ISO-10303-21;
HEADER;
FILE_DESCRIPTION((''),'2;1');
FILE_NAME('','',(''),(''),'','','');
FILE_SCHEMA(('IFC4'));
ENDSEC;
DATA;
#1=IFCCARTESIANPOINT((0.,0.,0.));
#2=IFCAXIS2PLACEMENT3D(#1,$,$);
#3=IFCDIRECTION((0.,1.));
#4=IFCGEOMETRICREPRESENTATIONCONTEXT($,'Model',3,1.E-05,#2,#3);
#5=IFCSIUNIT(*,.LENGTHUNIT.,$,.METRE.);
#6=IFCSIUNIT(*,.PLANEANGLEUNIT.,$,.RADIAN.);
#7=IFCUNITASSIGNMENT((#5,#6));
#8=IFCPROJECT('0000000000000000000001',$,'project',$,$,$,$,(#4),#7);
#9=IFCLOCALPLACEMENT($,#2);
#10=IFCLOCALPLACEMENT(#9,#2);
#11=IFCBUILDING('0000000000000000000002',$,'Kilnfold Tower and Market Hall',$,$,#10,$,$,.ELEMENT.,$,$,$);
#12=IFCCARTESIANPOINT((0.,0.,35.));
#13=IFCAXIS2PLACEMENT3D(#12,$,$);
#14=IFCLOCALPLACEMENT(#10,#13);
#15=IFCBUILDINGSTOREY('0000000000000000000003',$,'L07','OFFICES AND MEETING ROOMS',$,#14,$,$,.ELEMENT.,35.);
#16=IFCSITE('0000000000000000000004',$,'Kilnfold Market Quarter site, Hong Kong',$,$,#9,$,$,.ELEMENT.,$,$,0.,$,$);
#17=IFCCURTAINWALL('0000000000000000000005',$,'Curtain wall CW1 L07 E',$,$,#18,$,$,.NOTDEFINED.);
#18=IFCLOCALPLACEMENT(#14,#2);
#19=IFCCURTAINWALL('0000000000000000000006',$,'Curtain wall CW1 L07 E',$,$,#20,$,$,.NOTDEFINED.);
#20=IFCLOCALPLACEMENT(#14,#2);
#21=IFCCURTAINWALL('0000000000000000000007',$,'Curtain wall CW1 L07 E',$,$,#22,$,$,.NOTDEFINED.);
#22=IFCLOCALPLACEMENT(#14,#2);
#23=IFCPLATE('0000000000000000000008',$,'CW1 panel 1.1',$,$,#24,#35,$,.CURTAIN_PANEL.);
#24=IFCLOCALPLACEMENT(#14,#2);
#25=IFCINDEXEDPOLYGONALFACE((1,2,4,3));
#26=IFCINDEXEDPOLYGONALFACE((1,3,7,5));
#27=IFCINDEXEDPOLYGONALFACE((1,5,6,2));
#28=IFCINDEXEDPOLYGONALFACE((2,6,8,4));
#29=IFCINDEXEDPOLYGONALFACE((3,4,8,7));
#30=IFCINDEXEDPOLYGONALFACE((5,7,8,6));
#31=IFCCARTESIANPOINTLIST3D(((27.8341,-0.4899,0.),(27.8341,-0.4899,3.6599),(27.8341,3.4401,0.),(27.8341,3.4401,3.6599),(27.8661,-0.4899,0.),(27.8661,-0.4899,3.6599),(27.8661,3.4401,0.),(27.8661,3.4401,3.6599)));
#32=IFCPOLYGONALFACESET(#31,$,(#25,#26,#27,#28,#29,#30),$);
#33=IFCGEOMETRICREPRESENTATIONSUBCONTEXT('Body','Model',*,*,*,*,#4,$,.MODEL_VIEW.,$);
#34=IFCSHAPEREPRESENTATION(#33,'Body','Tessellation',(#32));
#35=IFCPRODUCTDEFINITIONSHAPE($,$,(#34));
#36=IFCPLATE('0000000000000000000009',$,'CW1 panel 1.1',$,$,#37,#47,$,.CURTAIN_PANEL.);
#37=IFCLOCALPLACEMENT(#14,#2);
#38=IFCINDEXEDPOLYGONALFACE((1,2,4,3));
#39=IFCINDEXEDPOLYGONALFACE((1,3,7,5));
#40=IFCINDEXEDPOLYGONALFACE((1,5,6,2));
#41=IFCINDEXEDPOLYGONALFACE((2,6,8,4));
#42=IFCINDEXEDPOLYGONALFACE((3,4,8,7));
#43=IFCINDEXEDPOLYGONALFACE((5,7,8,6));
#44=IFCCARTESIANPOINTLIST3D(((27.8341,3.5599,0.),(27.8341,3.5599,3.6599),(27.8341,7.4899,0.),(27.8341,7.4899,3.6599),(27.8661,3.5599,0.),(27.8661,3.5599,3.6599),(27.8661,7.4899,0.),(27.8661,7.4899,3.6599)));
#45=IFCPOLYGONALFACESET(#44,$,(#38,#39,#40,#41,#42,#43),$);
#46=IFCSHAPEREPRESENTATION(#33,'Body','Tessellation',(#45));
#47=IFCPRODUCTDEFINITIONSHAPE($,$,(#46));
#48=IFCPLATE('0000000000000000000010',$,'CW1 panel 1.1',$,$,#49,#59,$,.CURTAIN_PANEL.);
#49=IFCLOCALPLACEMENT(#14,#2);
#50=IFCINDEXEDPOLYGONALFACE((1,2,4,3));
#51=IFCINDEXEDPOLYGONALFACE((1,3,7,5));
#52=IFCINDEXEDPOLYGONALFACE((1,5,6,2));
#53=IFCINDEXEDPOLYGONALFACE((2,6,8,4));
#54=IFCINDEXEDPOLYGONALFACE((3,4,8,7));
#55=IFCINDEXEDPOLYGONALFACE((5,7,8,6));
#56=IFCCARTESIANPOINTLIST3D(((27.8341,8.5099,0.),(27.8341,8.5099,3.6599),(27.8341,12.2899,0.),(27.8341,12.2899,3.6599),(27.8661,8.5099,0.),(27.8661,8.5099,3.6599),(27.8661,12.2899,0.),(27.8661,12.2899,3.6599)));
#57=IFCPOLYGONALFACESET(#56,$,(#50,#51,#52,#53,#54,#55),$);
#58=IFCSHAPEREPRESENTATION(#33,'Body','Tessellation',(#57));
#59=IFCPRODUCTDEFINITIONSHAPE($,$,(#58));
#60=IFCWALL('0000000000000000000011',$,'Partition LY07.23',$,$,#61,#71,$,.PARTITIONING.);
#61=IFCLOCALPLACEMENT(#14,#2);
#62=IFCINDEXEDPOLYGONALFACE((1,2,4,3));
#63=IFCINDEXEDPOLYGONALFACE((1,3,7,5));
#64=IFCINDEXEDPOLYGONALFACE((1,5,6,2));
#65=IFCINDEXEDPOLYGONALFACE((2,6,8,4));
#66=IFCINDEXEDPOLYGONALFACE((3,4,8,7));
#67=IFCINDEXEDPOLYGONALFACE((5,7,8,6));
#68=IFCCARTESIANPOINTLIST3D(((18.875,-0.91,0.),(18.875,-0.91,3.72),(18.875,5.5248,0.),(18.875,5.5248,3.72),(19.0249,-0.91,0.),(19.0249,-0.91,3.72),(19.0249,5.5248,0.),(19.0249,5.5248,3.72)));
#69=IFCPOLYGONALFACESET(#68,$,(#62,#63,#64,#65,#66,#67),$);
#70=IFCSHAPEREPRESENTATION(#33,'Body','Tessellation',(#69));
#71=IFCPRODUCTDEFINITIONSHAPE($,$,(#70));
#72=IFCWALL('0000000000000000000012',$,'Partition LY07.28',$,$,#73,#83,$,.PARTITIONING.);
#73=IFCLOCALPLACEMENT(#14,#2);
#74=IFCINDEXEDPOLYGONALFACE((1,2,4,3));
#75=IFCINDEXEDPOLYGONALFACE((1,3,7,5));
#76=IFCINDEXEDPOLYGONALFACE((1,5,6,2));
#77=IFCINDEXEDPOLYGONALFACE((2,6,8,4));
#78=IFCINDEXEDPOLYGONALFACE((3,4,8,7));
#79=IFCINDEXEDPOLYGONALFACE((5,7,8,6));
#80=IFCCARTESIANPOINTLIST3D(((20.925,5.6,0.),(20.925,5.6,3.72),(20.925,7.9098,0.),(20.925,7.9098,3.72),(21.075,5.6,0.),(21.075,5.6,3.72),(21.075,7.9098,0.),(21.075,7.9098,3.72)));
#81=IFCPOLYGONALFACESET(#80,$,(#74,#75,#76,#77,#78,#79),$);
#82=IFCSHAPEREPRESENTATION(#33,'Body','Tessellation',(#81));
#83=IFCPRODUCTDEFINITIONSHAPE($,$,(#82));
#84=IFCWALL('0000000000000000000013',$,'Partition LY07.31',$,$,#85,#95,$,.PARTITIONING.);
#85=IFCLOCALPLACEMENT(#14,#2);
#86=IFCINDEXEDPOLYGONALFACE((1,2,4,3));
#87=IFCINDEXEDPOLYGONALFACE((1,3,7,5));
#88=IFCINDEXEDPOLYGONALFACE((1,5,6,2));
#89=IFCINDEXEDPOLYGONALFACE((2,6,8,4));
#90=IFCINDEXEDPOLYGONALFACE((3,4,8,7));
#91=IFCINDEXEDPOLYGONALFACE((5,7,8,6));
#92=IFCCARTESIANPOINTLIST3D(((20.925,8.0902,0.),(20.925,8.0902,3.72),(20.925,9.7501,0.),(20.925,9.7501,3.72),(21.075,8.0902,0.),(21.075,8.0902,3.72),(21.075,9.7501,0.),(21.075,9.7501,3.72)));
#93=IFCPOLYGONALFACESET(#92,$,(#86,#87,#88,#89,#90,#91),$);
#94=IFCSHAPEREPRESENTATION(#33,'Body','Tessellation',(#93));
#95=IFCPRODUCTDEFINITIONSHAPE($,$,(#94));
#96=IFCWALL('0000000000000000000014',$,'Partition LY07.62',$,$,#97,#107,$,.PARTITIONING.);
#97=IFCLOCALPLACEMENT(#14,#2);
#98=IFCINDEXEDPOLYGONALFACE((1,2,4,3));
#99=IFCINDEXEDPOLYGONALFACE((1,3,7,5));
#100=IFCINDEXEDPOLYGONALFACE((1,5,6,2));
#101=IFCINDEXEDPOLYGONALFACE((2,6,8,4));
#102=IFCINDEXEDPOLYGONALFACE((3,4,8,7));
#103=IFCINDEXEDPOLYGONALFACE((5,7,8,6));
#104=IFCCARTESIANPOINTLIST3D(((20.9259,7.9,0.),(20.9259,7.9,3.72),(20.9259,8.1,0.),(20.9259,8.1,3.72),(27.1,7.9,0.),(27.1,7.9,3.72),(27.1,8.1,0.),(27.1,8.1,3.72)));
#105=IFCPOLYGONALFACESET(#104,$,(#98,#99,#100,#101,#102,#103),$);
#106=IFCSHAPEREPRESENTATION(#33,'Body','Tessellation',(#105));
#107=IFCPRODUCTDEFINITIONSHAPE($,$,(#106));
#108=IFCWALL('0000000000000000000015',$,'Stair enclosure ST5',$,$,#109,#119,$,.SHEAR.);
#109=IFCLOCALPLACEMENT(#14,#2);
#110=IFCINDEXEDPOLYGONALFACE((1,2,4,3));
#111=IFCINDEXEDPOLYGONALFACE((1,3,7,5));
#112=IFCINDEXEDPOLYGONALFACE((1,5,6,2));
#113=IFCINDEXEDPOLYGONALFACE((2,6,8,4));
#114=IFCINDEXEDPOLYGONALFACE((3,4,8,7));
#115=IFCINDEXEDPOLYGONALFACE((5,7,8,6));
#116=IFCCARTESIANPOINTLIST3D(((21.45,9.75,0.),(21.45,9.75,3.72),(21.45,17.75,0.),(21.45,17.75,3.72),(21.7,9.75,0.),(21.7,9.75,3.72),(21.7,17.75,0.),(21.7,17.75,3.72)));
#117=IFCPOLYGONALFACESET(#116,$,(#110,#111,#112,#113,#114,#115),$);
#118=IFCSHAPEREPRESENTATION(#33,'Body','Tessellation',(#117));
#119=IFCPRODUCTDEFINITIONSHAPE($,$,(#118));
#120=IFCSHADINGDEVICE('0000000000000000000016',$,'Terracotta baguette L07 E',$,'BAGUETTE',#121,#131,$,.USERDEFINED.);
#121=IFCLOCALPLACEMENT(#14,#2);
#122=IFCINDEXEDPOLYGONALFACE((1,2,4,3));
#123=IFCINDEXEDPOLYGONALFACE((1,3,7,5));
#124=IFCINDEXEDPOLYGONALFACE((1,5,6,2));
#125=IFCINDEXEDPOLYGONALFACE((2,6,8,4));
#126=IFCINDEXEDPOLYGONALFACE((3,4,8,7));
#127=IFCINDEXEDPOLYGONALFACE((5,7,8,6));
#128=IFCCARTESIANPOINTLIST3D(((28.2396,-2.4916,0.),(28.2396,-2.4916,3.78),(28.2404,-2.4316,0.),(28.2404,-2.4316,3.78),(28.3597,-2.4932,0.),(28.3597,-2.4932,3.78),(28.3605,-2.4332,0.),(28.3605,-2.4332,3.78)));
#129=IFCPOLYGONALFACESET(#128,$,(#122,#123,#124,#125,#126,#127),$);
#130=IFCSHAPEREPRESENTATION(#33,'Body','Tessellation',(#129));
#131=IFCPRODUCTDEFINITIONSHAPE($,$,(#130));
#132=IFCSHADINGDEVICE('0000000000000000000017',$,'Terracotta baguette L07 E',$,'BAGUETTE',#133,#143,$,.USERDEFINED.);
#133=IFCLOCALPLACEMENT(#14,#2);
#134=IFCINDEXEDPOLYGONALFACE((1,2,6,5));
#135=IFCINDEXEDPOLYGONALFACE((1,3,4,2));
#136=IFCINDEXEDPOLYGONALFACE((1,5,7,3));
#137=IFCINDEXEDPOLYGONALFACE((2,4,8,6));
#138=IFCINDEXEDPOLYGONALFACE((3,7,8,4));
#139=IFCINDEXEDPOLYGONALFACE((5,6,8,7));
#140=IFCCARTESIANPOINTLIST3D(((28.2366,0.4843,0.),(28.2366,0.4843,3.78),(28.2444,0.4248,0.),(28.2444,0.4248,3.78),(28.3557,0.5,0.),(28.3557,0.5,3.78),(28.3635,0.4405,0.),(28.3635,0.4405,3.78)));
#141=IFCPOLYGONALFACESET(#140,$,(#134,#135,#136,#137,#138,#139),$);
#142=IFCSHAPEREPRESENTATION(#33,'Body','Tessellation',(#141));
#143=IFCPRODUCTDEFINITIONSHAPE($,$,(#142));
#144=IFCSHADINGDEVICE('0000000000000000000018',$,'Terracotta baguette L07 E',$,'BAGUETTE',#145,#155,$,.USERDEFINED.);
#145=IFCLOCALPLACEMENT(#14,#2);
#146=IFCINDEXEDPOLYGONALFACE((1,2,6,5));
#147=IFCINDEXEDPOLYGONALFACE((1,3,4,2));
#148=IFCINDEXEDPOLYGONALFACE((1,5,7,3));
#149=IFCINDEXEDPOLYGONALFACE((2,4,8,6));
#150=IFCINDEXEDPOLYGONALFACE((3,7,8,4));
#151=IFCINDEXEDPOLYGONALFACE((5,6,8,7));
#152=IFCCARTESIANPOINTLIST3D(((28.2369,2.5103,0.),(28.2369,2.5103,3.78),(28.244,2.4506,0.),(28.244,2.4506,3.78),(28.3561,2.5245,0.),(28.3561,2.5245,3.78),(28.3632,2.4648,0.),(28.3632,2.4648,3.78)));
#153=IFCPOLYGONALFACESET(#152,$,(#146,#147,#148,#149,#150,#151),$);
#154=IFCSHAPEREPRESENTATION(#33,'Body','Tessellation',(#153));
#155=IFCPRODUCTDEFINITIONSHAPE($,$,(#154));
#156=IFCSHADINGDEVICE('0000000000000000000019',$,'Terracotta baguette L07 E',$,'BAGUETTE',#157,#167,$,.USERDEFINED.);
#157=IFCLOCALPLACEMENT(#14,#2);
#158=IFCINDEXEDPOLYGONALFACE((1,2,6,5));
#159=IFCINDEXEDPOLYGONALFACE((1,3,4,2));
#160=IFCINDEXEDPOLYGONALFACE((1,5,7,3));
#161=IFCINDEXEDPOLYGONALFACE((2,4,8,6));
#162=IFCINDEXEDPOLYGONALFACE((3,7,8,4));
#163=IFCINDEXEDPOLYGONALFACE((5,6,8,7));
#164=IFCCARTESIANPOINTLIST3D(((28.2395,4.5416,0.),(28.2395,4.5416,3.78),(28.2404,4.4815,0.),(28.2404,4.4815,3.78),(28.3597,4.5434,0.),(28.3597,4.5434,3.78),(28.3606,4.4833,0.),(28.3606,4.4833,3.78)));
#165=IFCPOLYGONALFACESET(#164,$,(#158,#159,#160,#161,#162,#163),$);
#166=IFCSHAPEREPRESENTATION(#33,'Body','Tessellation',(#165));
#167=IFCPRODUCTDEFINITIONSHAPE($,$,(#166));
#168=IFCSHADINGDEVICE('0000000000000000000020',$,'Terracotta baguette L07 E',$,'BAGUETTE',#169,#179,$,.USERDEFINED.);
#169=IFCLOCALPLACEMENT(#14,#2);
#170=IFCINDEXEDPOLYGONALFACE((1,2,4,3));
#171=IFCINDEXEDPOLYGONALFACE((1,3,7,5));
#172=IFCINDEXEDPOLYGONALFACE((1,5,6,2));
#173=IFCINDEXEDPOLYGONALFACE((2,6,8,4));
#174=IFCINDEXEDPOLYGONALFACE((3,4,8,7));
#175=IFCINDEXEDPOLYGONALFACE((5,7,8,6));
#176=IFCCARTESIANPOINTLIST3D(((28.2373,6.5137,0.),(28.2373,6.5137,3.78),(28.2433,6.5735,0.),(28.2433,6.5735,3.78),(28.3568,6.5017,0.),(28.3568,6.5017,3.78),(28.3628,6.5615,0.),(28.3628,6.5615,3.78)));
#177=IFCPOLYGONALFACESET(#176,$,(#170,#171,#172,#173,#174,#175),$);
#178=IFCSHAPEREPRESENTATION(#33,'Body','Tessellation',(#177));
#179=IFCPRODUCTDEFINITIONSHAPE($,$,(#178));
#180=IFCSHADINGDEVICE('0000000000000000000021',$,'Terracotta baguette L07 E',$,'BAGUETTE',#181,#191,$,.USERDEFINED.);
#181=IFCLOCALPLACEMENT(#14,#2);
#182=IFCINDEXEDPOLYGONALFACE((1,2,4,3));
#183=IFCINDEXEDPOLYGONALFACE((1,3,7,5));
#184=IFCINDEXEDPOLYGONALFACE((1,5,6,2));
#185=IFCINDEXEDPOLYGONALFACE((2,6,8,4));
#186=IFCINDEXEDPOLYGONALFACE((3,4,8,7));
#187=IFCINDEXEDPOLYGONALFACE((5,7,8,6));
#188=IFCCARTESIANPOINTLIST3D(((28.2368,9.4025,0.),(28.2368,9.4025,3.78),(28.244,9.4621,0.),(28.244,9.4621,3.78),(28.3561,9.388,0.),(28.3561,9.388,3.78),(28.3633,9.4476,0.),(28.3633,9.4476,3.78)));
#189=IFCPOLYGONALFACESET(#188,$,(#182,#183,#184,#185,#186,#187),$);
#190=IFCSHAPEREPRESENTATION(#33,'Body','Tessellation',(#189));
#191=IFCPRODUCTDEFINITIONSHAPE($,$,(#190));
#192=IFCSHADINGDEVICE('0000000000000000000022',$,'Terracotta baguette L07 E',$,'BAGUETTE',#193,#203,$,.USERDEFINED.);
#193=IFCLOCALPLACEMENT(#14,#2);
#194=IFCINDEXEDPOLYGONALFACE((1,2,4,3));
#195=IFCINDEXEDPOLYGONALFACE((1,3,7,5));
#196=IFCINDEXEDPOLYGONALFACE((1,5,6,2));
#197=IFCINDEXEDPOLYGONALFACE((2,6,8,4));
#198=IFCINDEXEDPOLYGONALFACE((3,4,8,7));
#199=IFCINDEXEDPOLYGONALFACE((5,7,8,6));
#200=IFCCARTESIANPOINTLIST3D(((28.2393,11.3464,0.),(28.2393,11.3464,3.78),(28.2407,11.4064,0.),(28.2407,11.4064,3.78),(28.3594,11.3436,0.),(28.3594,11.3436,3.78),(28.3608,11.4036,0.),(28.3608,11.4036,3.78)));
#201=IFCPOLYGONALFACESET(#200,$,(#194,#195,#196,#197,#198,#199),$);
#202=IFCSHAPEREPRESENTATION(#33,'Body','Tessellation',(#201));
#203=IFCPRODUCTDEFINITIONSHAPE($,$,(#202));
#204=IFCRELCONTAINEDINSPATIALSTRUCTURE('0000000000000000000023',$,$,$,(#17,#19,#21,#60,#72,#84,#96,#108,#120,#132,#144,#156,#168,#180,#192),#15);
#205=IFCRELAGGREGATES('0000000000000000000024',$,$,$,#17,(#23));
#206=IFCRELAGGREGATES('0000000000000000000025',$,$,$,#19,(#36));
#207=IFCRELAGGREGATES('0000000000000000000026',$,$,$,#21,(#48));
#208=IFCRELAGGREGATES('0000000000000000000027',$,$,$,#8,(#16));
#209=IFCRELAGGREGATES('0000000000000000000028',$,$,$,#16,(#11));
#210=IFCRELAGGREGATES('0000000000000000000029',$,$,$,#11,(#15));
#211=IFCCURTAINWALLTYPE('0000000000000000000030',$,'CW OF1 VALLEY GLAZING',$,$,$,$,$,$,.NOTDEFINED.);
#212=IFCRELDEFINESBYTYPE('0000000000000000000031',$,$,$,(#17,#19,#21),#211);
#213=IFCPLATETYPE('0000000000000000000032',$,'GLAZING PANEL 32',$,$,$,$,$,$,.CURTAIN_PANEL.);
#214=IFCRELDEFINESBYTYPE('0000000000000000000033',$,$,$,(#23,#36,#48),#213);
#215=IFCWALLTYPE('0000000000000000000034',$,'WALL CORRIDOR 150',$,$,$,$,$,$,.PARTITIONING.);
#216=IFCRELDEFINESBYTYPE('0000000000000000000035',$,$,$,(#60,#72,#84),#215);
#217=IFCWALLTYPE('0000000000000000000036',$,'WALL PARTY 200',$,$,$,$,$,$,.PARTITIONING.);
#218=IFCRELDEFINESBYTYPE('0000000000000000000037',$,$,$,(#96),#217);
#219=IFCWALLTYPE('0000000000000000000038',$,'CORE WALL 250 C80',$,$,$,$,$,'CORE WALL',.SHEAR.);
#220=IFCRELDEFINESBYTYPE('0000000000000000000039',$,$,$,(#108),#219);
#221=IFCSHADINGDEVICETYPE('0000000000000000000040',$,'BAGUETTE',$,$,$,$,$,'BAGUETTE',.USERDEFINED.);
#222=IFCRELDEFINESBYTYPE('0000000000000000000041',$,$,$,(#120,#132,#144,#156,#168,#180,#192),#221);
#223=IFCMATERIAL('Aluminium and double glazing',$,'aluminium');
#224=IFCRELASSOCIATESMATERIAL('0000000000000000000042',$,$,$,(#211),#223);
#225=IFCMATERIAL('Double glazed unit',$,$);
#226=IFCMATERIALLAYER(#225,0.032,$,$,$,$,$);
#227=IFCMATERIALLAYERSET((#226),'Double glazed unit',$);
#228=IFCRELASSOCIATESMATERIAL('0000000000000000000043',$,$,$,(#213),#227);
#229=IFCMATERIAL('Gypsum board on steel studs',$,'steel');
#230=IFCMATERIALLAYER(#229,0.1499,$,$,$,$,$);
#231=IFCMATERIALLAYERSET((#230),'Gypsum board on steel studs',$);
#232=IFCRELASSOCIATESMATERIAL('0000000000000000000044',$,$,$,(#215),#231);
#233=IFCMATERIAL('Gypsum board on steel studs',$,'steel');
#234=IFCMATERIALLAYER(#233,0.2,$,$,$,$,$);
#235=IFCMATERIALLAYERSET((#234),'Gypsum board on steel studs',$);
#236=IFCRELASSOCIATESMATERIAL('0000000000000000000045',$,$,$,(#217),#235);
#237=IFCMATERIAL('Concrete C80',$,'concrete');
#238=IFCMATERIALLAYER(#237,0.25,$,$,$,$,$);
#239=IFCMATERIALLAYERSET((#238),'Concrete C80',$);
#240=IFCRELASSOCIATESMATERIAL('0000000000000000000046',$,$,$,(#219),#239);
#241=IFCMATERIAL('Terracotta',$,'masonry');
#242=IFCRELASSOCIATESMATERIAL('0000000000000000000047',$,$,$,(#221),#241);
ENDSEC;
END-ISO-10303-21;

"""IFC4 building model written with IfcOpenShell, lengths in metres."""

from ifc_helpers import new_model, si_unit, direction, frame, frame_2d, origin, origin_2d, place, context, subcontext, project, spatial, rectangle, extrude, source, transform, mapped, material, layer, layer_set, material_profile, profile_set, type_object, element, aggregate, save


model = new_model("IFC4")

# Units and contexts
model_context = context("Model", 3, precision=1e-05, world=origin(), true_north=direction((0.0, 1.0)))
body_context = subcontext(model_context, "Body", "Model", "MODEL_VIEW")
ifc_project = project(units=[si_unit("LENGTHUNIT", "METRE"), si_unit("PLANEANGLEUNIT", "RADIAN")], contexts=[model_context])

# Site, building, storey
site_placement = place(None, origin())
site = spatial("IfcSite", under=ifc_project, at=site_placement, Name="Kilnfold Market Quarter site, Hong Kong", CompositionType="ELEMENT", RefElevation=0.0)
building_placement = place(site_placement, origin())
building = spatial("IfcBuilding", under=site, at=building_placement, Name="Kilnfold Tower and Market Hall", CompositionType="ELEMENT")
storey_placement = place(building_placement, frame((0.0, 0.0, 35.0)))
storey = spatial("IfcBuildingStorey", under=building, at=storey_placement, Name="L07", Description="OFFICES AND MEETING ROOMS", CompositionType="ELEMENT", Elevation=35.0)

# Shared definitions
ifc_material_1 = material(Name="Aluminium and double glazing", Category="aluminium")
curtain_wall_type = type_object("IfcCurtainWallType", Name="CW OF1 VALLEY GLAZING", PredefinedType="NOTDEFINED", material=ifc_material_1)

# Curtain walls
curtain_wall_1_placement = place(storey_placement, origin())
curtain_wall_1 = element("IfcCurtainWall", 1, at=curtain_wall_1_placement, inside=storey, type_object=curtain_wall_type, Name="Curtain wall CW1 L07 E", PredefinedType="NOTDEFINED")
curtain_wall_2_placement = place(storey_placement, origin())
curtain_wall_2 = element("IfcCurtainWall", 2, at=curtain_wall_2_placement, inside=storey, type_object=curtain_wall_type, Name="Curtain wall CW1 L07 E", PredefinedType="NOTDEFINED")

# Curtain wall
curtain_wall_3_placement = place(storey_placement, origin())
curtain_wall_3 = element("IfcCurtainWall", 3, at=curtain_wall_3_placement, inside=storey, type_object=curtain_wall_type, Name="Curtain wall CW1 L07 E", PredefinedType="NOTDEFINED")

# Plates
ifc_material_2 = material(Name="Double glazed unit")
ifc_layer_1 = layer(ifc_material_2, 0.032)
ifc_layer_set_1 = layer_set([ifc_layer_1], Name="Double glazed unit")
plate_type = type_object("IfcPlateType", Name="GLAZING PANEL 32", PredefinedType="CURTAIN_PANEL", material=ifc_layer_set_1)
shared_shape_1 = source(origin(), body_context, "Body", "SweptSolid", [
    extrude(rectangle(XDim=3.9299, YDim=0.032, at=origin_2d()), origin(), (0.0, 0.0, 1.0), 3.6599),
])
plate_1_placement = place(storey_placement, frame((27.8501, 1.4751, 0.0), z_axis=(0.0, 0.0, 1.0), x_axis=(0.0, 1.0, 0.0)))
plate_1 = element("IfcPlate", 4, at=plate_1_placement, type_object=plate_type, Name="CW1 panel 1.1", PredefinedType="CURTAIN_PANEL", context=body_context, shape_type="MappedRepresentation", body=[
    mapped(shared_shape_1, transform((0.0, 0.0, 0.0))),
])
aggregate(curtain_wall_1, [plate_1])
plate_2_placement = place(storey_placement, frame((27.8501, 5.5249, 0.0), z_axis=(0.0, 0.0, 1.0), x_axis=(0.0, 1.0, 0.0)))
plate_2 = element("IfcPlate", 5, at=plate_2_placement, type_object=plate_type, Name="CW1 panel 1.1", PredefinedType="CURTAIN_PANEL", context=body_context, shape_type="MappedRepresentation", body=[
    mapped(shared_shape_1, transform((0.0, 0.0, 0.0))),
])
aggregate(curtain_wall_2, [plate_2])
shared_shape_2 = source(origin(), body_context, "Body", "SweptSolid", [
    extrude(rectangle(XDim=3.78, YDim=0.032, at=origin_2d()), origin(), (0.0, 0.0, 1.0), 3.6599),
])
plate_3_placement = place(storey_placement, frame((27.8501, 10.3999, 0.0), z_axis=(0.0, 0.0, 1.0), x_axis=(0.0, 1.0, 0.0)))
plate_3 = element("IfcPlate", 6, at=plate_3_placement, type_object=plate_type, Name="CW1 panel 1.1", PredefinedType="CURTAIN_PANEL", context=body_context, shape_type="MappedRepresentation", body=[
    mapped(shared_shape_2, transform((0.0, 0.0, 0.0))),
])
aggregate(curtain_wall_3, [plate_3])

# Walls
ifc_material_3 = material(Name="Gypsum board on steel studs", Category="steel")
ifc_layer_2 = layer(ifc_material_3, 0.1499)
ifc_layer_set_2 = layer_set([ifc_layer_2], Name="Gypsum board on steel studs")
wall_type_1 = type_object("IfcWallType", Name="WALL CORRIDOR 150", PredefinedType="PARTITIONING", material=ifc_layer_set_2)
wall_1_placement = place(storey_placement, frame((18.95, -0.9099, 0.0), z_axis=(0.0, 0.0, 1.0), x_axis=(0.0, 1.0, 0.0)))
element("IfcWall", 7, at=wall_1_placement, inside=storey, type_object=wall_type_1, Name="Partition LY07.23", PredefinedType="PARTITIONING", context=body_context, shape_type="SweptSolid", body=[
    extrude(rectangle(XDim=6.4348, YDim=0.1499, at=frame_2d((3.2173, 0.0))), origin(), (0.0, 0.0, 1.0), 3.72),
])
wall_2_placement = place(storey_placement, frame((21.0, 5.6001, 0.0), z_axis=(0.0, 0.0, 1.0), x_axis=(0.0, 1.0, 0.0)))
element("IfcWall", 8, at=wall_2_placement, inside=storey, type_object=wall_type_1, Name="Partition LY07.28", PredefinedType="PARTITIONING", context=body_context, shape_type="SweptSolid", body=[
    extrude(rectangle(XDim=2.3098, YDim=0.1499, at=frame_2d((1.1548, 0.0))), origin(), (0.0, 0.0, 1.0), 3.72),
])
wall_3_placement = place(storey_placement, frame((21.0, 8.0901, 0.0), z_axis=(0.0, 0.0, 1.0), x_axis=(0.0, 1.0, 0.0)))
element("IfcWall", 9, at=wall_3_placement, inside=storey, type_object=wall_type_1, Name="Partition LY07.31", PredefinedType="PARTITIONING", context=body_context, shape_type="SweptSolid", body=[
    extrude(rectangle(XDim=1.6599, YDim=0.1499, at=frame_2d((0.8301, 0.0))), origin(), (0.0, 0.0, 1.0), 3.72),
])
ifc_material_4 = material(Name="Gypsum board on steel studs", Category="steel")
ifc_layer_3 = layer(ifc_material_4, 0.2)
ifc_layer_set_3 = layer_set([ifc_layer_3], Name="Gypsum board on steel studs")
wall_type_2 = type_object("IfcWallType", Name="WALL PARTY 200", PredefinedType="PARTITIONING", material=ifc_layer_set_3)
wall_4_placement = place(storey_placement, frame((20.926, 8.0, 0.0), z_axis=(0.0, 0.0, 1.0), x_axis=(1.0, 0.0, 0.0)))
element("IfcWall", 10, at=wall_4_placement, inside=storey, type_object=wall_type_2, Name="Partition LY07.62", PredefinedType="PARTITIONING", context=body_context, shape_type="SweptSolid", body=[
    extrude(rectangle(XDim=6.1741, YDim=0.2, at=frame_2d((3.0869, 0.0))), origin(), (0.0, 0.0, 1.0), 3.72),
])
ifc_material_5 = material(Name="Concrete C80", Category="concrete")
ifc_layer_4 = layer(ifc_material_5, 0.25)
ifc_layer_set_4 = layer_set([ifc_layer_4], Name="Concrete C80")
wall_type_3 = type_object("IfcWallType", Name="CORE WALL 250 C80", ElementType="CORE WALL", PredefinedType="SHEAR", material=ifc_layer_set_4)
shared_shape_3 = source(origin(), body_context, "Body", "SweptSolid", [
    extrude(rectangle(XDim=8.0, YDim=0.25, at=frame_2d((4.0, 0.0))), origin(), (0.0, 0.0, 1.0), 3.72),
])
wall_5_placement = place(storey_placement, frame((21.575, 9.75, 0.0), z_axis=(0.0, 0.0, 1.0), x_axis=(0.0, 1.0, 0.0)))
element("IfcWall", 11, at=wall_5_placement, inside=storey, type_object=wall_type_3, Name="Stair enclosure ST5", PredefinedType="SHEAR", context=body_context, shape_type="MappedRepresentation", body=[
    mapped(shared_shape_3, transform((0.0, 0.0, 0.0))),
])

# Shading devices
ifc_material_6 = material(Name="Terracotta", Category="masonry")
ifc_material_profile_1 = material_profile(ifc_material_6, rectangle(XDim=0.0601, YDim=0.1201, at=origin_2d()), Name="BAG 60x120")
ifc_profile_set_1 = profile_set([ifc_material_profile_1], Name="Terracotta")
shading_device_type = type_object("IfcShadingDeviceType", Name="BAGUETTE", ElementType="BAGUETTE", PredefinedType="USERDEFINED", material=ifc_profile_set_1)
shared_shape_4 = source(origin(), body_context, "Body", "SweptSolid", [
    extrude(rectangle(XDim=0.0601, YDim=0.1201, at=origin_2d()), origin(), (0.0, 0.0, 1.0), 3.78),
])
for number, where, z_axis, x_axis, name in (
    (12, (28.3, -2.4624, 0.0), (0.0, 0.0, 1.0), (0.013437, 0.99991, 0.0), "Terracotta baguette L07 E"),
    (13, (28.3, 0.4624, 0.0), (0.0, 0.0, 1.0), (-0.130573, 0.991439, 0.0), "Terracotta baguette L07 E"),
    (14, (28.3, 2.4875, 0.0), (0.0, 0.0, 1.0), (-0.118435, 0.992962, 0.0), "Terracotta baguette L07 E"),
    (15, (28.3, 4.5125, 0.0), (0.0, 0.0, 1.0), (-0.014994, 0.999888, 0.0), "Terracotta baguette L07 E"),
    (16, (28.3, 6.5376, 0.0), (0.0, 0.0, 1.0), (0.100112, 0.994976, 0.0), "Terracotta baguette L07 E"),
    (17, (28.3, 9.425, 0.0), (0.0, 0.0, 1.0), (0.120437, 0.992721, 0.0), "Terracotta baguette L07 E"),
    (18, (28.3, 11.375, 0.0), (0.0, 0.0, 1.0), (0.023525, 0.999723, 0.0), "Terracotta baguette L07 E"),
):
    element("IfcShadingDevice", number, at=place(storey_placement, frame(where, z_axis=z_axis, x_axis=x_axis)), inside=storey, type_object=shading_device_type, Name=name, ObjectType="BAGUETTE", PredefinedType="USERDEFINED", context=body_context, shape_type="MappedRepresentation", body=[
        mapped(shared_shape_4, transform((0.0, 0.0, 0.0))),
    ])

save(model, "model.ifc")
